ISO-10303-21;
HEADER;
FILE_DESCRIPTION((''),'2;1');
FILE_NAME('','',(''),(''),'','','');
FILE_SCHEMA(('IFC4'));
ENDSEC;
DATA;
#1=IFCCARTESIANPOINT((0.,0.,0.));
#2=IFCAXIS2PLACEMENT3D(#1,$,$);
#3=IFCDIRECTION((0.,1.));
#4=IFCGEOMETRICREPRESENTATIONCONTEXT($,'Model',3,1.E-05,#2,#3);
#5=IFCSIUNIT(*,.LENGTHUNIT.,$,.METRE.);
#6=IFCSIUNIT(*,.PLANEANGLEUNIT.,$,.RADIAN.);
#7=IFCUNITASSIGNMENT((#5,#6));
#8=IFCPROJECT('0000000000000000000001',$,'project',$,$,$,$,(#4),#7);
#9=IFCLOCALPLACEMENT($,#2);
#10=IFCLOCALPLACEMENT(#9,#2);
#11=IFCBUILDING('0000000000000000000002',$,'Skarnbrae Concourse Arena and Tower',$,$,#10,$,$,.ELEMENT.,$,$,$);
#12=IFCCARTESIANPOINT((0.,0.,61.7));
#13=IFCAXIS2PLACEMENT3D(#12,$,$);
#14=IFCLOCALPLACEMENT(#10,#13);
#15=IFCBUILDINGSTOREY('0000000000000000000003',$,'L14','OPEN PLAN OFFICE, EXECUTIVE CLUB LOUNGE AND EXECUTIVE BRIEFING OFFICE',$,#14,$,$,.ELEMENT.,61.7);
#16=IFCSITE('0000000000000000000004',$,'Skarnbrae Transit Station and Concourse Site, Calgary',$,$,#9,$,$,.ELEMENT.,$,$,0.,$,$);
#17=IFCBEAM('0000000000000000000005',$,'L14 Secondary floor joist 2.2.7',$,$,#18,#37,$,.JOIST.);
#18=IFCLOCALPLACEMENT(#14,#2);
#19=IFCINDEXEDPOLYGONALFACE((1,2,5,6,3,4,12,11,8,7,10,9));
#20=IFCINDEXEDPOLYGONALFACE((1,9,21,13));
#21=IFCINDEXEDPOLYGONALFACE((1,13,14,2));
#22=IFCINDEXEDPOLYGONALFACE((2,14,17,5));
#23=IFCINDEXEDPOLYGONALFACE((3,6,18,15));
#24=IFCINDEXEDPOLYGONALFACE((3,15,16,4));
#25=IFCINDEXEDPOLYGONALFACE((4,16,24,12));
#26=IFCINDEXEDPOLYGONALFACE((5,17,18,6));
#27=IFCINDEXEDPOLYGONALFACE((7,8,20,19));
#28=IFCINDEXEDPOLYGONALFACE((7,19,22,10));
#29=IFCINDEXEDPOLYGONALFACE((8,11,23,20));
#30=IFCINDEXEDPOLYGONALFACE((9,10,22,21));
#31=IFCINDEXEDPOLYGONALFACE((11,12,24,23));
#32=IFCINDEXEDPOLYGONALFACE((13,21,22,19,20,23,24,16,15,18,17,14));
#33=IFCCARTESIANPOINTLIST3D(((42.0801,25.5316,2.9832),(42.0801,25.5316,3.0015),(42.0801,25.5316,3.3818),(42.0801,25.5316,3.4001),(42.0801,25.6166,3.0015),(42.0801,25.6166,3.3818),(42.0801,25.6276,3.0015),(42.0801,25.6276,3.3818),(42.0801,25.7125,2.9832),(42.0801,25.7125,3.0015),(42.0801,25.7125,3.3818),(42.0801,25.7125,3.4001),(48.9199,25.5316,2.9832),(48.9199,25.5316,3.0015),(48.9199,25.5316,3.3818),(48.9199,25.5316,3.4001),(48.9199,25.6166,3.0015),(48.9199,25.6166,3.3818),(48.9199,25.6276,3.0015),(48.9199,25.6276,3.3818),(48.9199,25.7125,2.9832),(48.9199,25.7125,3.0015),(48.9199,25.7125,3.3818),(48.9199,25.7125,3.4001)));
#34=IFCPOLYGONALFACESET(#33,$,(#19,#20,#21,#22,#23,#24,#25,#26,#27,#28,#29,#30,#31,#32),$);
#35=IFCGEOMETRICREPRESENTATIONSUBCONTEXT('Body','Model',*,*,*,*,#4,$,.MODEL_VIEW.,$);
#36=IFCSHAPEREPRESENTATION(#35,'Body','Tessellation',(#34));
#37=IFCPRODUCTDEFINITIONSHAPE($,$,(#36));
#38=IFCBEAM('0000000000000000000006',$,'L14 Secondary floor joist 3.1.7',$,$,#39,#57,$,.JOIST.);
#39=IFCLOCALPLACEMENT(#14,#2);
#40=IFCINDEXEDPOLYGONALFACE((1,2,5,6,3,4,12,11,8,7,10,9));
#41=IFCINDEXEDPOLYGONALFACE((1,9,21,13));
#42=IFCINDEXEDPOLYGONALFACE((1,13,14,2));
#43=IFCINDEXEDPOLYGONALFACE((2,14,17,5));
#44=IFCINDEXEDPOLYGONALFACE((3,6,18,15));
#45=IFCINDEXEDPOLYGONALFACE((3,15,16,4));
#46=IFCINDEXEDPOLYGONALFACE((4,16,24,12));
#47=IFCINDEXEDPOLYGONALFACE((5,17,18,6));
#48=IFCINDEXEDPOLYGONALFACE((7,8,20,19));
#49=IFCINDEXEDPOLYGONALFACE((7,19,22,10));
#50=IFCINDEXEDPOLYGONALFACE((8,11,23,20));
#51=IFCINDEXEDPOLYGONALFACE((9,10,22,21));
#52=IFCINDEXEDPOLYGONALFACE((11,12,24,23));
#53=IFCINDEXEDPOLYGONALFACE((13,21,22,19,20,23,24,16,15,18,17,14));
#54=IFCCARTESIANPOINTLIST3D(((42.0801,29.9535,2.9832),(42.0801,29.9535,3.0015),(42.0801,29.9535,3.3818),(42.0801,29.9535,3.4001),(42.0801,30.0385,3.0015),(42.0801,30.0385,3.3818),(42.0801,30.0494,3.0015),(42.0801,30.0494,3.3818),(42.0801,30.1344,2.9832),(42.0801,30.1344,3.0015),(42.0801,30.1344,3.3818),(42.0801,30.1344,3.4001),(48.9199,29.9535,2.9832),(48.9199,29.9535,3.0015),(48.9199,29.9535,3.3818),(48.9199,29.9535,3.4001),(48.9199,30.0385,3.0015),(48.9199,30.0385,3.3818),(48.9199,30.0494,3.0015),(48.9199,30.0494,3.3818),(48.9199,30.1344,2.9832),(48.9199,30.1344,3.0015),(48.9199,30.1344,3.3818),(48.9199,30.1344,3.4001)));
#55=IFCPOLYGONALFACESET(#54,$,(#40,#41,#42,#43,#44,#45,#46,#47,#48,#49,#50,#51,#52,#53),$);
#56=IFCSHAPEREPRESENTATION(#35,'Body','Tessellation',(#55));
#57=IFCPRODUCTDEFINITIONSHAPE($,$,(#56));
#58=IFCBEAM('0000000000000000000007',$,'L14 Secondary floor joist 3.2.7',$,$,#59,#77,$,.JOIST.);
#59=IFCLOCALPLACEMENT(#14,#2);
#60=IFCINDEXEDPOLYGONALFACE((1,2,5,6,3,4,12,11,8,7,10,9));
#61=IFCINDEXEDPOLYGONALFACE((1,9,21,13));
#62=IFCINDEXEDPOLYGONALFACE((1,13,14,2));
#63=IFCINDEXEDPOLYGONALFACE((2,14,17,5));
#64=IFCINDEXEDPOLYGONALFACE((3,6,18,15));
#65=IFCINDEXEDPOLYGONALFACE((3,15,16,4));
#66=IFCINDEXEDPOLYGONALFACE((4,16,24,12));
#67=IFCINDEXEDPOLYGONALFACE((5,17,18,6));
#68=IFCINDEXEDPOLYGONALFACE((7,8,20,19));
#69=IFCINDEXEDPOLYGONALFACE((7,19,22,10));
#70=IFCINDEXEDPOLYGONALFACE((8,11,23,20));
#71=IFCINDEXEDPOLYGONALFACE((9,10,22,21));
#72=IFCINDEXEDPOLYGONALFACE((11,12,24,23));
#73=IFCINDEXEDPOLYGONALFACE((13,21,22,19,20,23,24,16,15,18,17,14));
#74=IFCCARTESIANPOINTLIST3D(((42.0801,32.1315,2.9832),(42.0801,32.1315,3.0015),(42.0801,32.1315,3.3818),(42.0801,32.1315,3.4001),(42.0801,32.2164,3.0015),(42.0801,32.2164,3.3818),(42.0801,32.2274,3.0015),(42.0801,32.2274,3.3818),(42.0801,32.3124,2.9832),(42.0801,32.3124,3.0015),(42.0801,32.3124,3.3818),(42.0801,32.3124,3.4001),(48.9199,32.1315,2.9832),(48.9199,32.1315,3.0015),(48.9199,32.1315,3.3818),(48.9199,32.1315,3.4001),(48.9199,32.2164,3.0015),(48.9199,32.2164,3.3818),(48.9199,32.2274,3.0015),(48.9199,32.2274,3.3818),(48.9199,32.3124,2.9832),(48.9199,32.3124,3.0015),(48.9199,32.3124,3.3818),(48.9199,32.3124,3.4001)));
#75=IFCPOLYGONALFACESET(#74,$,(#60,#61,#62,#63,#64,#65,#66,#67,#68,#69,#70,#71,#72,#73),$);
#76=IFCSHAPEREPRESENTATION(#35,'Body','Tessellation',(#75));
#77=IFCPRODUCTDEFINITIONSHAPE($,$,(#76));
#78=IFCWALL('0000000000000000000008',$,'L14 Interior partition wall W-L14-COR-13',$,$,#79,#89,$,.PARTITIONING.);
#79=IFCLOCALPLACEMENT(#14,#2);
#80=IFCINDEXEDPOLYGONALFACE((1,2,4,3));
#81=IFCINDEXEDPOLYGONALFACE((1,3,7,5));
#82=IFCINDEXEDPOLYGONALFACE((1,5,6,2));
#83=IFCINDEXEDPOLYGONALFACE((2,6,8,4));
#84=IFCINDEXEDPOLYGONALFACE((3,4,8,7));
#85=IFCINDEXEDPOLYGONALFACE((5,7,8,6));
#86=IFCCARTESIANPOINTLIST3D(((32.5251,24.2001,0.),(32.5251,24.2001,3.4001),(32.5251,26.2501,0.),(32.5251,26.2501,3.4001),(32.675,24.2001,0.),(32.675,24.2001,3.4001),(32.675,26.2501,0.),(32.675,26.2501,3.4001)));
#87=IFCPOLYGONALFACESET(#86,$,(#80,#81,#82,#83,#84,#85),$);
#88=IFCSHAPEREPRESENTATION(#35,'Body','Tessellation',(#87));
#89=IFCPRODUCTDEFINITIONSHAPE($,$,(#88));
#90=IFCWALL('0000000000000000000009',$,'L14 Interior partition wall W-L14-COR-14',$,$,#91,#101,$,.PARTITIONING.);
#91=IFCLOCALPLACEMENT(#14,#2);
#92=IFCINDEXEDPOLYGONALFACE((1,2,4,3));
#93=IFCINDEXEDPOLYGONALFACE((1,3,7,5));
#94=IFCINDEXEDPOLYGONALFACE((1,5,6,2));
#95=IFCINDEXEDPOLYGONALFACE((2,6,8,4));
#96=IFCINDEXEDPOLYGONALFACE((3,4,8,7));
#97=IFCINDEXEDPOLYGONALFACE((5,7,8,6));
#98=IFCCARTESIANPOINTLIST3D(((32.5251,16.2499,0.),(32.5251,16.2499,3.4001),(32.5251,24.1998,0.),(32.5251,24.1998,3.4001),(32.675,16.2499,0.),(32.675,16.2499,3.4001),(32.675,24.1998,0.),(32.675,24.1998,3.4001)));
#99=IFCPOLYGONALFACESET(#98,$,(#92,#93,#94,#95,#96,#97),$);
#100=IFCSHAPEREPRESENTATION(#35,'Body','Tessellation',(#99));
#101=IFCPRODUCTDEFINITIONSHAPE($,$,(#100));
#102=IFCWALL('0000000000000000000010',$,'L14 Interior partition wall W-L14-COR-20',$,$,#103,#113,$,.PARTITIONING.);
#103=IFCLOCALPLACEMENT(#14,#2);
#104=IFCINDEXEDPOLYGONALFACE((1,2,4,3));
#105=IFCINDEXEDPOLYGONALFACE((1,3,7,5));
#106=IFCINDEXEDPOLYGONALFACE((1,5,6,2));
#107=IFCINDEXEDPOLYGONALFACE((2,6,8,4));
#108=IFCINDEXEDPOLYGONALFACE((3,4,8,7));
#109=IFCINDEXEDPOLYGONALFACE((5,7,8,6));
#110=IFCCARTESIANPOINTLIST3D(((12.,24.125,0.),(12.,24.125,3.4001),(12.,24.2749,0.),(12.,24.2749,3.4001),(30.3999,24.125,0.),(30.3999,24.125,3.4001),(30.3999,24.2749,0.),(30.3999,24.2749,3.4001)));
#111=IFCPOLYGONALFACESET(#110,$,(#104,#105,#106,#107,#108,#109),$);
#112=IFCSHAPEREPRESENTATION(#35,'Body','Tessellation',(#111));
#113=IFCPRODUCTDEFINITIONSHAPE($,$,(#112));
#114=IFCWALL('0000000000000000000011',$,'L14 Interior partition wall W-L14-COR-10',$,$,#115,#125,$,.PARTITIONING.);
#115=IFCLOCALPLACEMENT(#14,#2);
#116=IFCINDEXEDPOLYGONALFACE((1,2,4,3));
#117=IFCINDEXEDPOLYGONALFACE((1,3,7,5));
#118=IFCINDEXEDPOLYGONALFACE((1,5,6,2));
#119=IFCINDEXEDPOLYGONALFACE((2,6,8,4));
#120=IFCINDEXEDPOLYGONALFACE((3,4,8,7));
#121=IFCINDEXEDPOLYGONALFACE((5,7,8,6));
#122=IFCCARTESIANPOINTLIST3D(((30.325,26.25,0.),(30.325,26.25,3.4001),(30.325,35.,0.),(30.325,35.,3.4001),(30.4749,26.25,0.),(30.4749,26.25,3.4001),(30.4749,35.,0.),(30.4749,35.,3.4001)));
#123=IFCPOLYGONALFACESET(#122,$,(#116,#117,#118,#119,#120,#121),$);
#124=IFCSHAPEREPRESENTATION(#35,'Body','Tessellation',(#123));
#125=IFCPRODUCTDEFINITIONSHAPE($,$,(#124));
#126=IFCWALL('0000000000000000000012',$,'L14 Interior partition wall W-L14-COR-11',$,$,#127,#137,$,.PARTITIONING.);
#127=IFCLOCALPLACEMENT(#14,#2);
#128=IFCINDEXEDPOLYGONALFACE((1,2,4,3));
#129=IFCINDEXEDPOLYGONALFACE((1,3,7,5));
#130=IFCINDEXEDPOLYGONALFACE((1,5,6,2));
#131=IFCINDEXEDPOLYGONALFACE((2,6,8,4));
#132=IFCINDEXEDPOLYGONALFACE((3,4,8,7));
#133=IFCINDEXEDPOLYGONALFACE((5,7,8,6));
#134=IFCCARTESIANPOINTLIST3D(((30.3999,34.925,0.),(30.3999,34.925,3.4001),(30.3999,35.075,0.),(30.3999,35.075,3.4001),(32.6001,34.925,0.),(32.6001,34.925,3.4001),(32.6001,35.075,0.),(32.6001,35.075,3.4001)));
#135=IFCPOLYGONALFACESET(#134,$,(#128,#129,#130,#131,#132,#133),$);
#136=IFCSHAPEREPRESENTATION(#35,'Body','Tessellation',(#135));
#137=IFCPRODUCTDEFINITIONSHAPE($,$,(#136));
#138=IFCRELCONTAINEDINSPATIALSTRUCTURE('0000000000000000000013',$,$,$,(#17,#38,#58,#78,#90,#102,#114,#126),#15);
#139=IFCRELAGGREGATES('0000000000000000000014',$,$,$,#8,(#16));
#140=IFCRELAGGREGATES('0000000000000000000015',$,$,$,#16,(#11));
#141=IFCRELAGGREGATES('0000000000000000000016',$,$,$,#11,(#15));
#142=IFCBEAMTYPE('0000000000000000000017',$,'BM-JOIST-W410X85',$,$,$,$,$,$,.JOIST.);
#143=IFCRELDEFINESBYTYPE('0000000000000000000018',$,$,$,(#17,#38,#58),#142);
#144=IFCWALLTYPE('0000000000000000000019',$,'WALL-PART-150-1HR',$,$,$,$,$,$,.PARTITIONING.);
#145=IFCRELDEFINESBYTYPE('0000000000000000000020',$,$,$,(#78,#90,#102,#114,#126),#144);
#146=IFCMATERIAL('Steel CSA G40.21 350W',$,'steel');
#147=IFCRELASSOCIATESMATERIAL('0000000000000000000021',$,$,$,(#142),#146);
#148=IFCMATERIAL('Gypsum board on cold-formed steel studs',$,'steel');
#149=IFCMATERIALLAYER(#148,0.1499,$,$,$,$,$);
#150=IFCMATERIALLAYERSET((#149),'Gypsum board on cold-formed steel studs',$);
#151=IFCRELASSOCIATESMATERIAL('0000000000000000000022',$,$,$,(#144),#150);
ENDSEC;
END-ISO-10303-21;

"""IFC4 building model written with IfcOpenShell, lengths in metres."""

from ifc_helpers import new_model, si_unit, direction, frame, frame_2d, origin, origin_2d, place, context, subcontext, project, spatial, rectangle, i_section, extrude, source, transform, mapped, material, layer, layer_set, material_profile, profile_set, type_object, element, save


model = new_model("IFC4")

# Units and contexts
model_context = context("Model", 3, precision=1e-05, world=origin(), true_north=direction((0.0, 1.0)))
body_context = subcontext(model_context, "Body", "Model", "MODEL_VIEW")
ifc_project = project(units=[si_unit("LENGTHUNIT", "METRE"), si_unit("PLANEANGLEUNIT", "RADIAN")], contexts=[model_context])

# Site, building, storey
site_placement = place(None, origin())
site = spatial("IfcSite", under=ifc_project, at=site_placement, Name="Skarnbrae Transit Station and Concourse Site, Calgary", CompositionType="ELEMENT", RefElevation=0.0)
building_placement = place(site_placement, origin())
building = spatial("IfcBuilding", under=site, at=building_placement, Name="Skarnbrae Concourse Arena and Tower", CompositionType="ELEMENT")
storey_placement = place(building_placement, frame((0.0, 0.0, 61.7)))
storey = spatial("IfcBuildingStorey", under=building, at=storey_placement, Name="L14", Description="OPEN PLAN OFFICE, EXECUTIVE CLUB LOUNGE AND EXECUTIVE BRIEFING OFFICE", CompositionType="ELEMENT", Elevation=61.7)

# Shared definitions
ifc_material_1 = material(Name="Steel CSA G40.21 350W", Category="steel")

# Beams
ifc_material_profile_1 = material_profile(ifc_material_1, i_section(OverallWidth=0.1809, OverallDepth=0.417, WebThickness=0.011, FlangeThickness=0.0183, at=origin_2d()), Name="W410X85")
ifc_profile_set_1 = profile_set([ifc_material_profile_1], Name="Steel CSA G40.21 350W")
beam_type_1 = type_object("IfcBeamType", Name="BM-JOIST-W410X85", PredefinedType="JOIST", material=ifc_profile_set_1)
shared_shape_1 = source(origin(), body_context, "Body", "SweptSolid", [
    extrude(i_section(OverallWidth=0.1809, OverallDepth=0.417, WebThickness=0.011, FlangeThickness=0.0183, at=origin_2d()), origin(), (0.0, 0.0, 1.0), 6.8398),
])
for number, where, z_axis, x_axis, name in (
    (1, (42.0801, 25.6221, 3.1917), (1.0, 0.0, 0.0), (0.0, 1.0, 0.0), "L14 Secondary floor joist 2.2.7"),
    (2, (42.0801, 30.0439, 3.1917), (1.0, 0.0, 0.0), (0.0, 1.0, 0.0), "L14 Secondary floor joist 3.1.7"),
    (3, (42.0801, 32.2219, 3.1917), (1.0, 0.0, 0.0), (0.0, 1.0, 0.0), "L14 Secondary floor joist 3.2.7"),
):
    element("IfcBeam", number, at=place(storey_placement, frame(where, z_axis=z_axis, x_axis=x_axis)), inside=storey, type_object=beam_type_1, Name=name, PredefinedType="JOIST", context=body_context, shape_type="MappedRepresentation", body=[
        mapped(shared_shape_1, transform((0.0, 0.0, 0.0))),
    ])

# Walls
ifc_material_2 = material(Name="Gypsum board on cold-formed steel studs", Category="steel")
ifc_layer = layer(ifc_material_2, 0.1499)
ifc_layer_set = layer_set([ifc_layer], Name="Gypsum board on cold-formed steel studs")
wall_type = type_object("IfcWallType", Name="WALL-PART-150-1HR", PredefinedType="PARTITIONING", material=ifc_layer_set)
shared_shape_2 = source(origin(), body_context, "Body", "SweptSolid", [
    extrude(rectangle(XDim=2.05, YDim=0.1499, at=frame_2d((1.0249, 0.0))), origin(), (0.0, 0.0, 1.0), 3.4001),
])
wall_1_placement = place(storey_placement, frame((32.6001, 26.25, 0.0), z_axis=(0.0, 0.0, 1.0), x_axis=(0.0, -1.0, 0.0)))
element("IfcWall", 4, at=wall_1_placement, inside=storey, type_object=wall_type, Name="L14 Interior partition wall W-L14-COR-13", PredefinedType="PARTITIONING", context=body_context, shape_type="MappedRepresentation", body=[
    mapped(shared_shape_2, transform((0.0, 0.0, 0.0))),
])
shared_shape_3 = source(origin(), body_context, "Body", "SweptSolid", [
    extrude(rectangle(XDim=7.95, YDim=0.1499, at=frame_2d((3.9751, 0.0))), origin(), (0.0, 0.0, 1.0), 3.4001),
])
wall_2_placement = place(storey_placement, frame((32.6001, 24.2, 0.0), z_axis=(0.0, 0.0, 1.0), x_axis=(0.0, -1.0, 0.0)))
element("IfcWall", 5, at=wall_2_placement, inside=storey, type_object=wall_type, Name="L14 Interior partition wall W-L14-COR-14", PredefinedType="PARTITIONING", context=body_context, shape_type="MappedRepresentation", body=[
    mapped(shared_shape_3, transform((0.0, 0.0, 0.0))),
])
shared_shape_4 = source(origin(), body_context, "Body", "SweptSolid", [
    extrude(rectangle(XDim=18.3999, YDim=0.1499, at=frame_2d((9.2, 0.0))), origin(), (0.0, 0.0, 1.0), 3.4001),
])
wall_3_placement = place(storey_placement, frame((30.3999, 24.2, 0.0), z_axis=(0.0, 0.0, 1.0), x_axis=(-1.0, 0.0, 0.0)))
element("IfcWall", 6, at=wall_3_placement, inside=storey, type_object=wall_type, Name="L14 Interior partition wall W-L14-COR-20", PredefinedType="PARTITIONING", context=body_context, shape_type="MappedRepresentation", body=[
    mapped(shared_shape_4, transform((0.0, 0.0, 0.0))),
])
shared_shape_5 = source(origin(), body_context, "Body", "SweptSolid", [
    extrude(rectangle(XDim=8.75, YDim=0.1499, at=frame_2d((4.375, 0.0))), origin(), (0.0, 0.0, 1.0), 3.4001),
])
wall_4_placement = place(storey_placement, frame((30.3999, 26.25, 0.0), z_axis=(0.0, 0.0, 1.0), x_axis=(0.0, 1.0, 0.0)))
element("IfcWall", 7, at=wall_4_placement, inside=storey, type_object=wall_type, Name="L14 Interior partition wall W-L14-COR-10", PredefinedType="PARTITIONING", context=body_context, shape_type="MappedRepresentation", body=[
    mapped(shared_shape_5, transform((0.0, 0.0, 0.0))),
])
shared_shape_6 = source(origin(), body_context, "Body", "SweptSolid", [
    extrude(rectangle(XDim=2.2002, YDim=0.1499, at=frame_2d((1.1001, 0.0))), origin(), (0.0, 0.0, 1.0), 3.4001),
])
wall_5_placement = place(storey_placement, frame((30.3999, 35.0, 0.0), z_axis=(0.0, 0.0, 1.0), x_axis=(1.0, 0.0, 0.0)))
element("IfcWall", 8, at=wall_5_placement, inside=storey, type_object=wall_type, Name="L14 Interior partition wall W-L14-COR-11", PredefinedType="PARTITIONING", context=body_context, shape_type="MappedRepresentation", body=[
    mapped(shared_shape_6, transform((0.0, 0.0, 0.0))),
])

save(model, "model.ifc")
